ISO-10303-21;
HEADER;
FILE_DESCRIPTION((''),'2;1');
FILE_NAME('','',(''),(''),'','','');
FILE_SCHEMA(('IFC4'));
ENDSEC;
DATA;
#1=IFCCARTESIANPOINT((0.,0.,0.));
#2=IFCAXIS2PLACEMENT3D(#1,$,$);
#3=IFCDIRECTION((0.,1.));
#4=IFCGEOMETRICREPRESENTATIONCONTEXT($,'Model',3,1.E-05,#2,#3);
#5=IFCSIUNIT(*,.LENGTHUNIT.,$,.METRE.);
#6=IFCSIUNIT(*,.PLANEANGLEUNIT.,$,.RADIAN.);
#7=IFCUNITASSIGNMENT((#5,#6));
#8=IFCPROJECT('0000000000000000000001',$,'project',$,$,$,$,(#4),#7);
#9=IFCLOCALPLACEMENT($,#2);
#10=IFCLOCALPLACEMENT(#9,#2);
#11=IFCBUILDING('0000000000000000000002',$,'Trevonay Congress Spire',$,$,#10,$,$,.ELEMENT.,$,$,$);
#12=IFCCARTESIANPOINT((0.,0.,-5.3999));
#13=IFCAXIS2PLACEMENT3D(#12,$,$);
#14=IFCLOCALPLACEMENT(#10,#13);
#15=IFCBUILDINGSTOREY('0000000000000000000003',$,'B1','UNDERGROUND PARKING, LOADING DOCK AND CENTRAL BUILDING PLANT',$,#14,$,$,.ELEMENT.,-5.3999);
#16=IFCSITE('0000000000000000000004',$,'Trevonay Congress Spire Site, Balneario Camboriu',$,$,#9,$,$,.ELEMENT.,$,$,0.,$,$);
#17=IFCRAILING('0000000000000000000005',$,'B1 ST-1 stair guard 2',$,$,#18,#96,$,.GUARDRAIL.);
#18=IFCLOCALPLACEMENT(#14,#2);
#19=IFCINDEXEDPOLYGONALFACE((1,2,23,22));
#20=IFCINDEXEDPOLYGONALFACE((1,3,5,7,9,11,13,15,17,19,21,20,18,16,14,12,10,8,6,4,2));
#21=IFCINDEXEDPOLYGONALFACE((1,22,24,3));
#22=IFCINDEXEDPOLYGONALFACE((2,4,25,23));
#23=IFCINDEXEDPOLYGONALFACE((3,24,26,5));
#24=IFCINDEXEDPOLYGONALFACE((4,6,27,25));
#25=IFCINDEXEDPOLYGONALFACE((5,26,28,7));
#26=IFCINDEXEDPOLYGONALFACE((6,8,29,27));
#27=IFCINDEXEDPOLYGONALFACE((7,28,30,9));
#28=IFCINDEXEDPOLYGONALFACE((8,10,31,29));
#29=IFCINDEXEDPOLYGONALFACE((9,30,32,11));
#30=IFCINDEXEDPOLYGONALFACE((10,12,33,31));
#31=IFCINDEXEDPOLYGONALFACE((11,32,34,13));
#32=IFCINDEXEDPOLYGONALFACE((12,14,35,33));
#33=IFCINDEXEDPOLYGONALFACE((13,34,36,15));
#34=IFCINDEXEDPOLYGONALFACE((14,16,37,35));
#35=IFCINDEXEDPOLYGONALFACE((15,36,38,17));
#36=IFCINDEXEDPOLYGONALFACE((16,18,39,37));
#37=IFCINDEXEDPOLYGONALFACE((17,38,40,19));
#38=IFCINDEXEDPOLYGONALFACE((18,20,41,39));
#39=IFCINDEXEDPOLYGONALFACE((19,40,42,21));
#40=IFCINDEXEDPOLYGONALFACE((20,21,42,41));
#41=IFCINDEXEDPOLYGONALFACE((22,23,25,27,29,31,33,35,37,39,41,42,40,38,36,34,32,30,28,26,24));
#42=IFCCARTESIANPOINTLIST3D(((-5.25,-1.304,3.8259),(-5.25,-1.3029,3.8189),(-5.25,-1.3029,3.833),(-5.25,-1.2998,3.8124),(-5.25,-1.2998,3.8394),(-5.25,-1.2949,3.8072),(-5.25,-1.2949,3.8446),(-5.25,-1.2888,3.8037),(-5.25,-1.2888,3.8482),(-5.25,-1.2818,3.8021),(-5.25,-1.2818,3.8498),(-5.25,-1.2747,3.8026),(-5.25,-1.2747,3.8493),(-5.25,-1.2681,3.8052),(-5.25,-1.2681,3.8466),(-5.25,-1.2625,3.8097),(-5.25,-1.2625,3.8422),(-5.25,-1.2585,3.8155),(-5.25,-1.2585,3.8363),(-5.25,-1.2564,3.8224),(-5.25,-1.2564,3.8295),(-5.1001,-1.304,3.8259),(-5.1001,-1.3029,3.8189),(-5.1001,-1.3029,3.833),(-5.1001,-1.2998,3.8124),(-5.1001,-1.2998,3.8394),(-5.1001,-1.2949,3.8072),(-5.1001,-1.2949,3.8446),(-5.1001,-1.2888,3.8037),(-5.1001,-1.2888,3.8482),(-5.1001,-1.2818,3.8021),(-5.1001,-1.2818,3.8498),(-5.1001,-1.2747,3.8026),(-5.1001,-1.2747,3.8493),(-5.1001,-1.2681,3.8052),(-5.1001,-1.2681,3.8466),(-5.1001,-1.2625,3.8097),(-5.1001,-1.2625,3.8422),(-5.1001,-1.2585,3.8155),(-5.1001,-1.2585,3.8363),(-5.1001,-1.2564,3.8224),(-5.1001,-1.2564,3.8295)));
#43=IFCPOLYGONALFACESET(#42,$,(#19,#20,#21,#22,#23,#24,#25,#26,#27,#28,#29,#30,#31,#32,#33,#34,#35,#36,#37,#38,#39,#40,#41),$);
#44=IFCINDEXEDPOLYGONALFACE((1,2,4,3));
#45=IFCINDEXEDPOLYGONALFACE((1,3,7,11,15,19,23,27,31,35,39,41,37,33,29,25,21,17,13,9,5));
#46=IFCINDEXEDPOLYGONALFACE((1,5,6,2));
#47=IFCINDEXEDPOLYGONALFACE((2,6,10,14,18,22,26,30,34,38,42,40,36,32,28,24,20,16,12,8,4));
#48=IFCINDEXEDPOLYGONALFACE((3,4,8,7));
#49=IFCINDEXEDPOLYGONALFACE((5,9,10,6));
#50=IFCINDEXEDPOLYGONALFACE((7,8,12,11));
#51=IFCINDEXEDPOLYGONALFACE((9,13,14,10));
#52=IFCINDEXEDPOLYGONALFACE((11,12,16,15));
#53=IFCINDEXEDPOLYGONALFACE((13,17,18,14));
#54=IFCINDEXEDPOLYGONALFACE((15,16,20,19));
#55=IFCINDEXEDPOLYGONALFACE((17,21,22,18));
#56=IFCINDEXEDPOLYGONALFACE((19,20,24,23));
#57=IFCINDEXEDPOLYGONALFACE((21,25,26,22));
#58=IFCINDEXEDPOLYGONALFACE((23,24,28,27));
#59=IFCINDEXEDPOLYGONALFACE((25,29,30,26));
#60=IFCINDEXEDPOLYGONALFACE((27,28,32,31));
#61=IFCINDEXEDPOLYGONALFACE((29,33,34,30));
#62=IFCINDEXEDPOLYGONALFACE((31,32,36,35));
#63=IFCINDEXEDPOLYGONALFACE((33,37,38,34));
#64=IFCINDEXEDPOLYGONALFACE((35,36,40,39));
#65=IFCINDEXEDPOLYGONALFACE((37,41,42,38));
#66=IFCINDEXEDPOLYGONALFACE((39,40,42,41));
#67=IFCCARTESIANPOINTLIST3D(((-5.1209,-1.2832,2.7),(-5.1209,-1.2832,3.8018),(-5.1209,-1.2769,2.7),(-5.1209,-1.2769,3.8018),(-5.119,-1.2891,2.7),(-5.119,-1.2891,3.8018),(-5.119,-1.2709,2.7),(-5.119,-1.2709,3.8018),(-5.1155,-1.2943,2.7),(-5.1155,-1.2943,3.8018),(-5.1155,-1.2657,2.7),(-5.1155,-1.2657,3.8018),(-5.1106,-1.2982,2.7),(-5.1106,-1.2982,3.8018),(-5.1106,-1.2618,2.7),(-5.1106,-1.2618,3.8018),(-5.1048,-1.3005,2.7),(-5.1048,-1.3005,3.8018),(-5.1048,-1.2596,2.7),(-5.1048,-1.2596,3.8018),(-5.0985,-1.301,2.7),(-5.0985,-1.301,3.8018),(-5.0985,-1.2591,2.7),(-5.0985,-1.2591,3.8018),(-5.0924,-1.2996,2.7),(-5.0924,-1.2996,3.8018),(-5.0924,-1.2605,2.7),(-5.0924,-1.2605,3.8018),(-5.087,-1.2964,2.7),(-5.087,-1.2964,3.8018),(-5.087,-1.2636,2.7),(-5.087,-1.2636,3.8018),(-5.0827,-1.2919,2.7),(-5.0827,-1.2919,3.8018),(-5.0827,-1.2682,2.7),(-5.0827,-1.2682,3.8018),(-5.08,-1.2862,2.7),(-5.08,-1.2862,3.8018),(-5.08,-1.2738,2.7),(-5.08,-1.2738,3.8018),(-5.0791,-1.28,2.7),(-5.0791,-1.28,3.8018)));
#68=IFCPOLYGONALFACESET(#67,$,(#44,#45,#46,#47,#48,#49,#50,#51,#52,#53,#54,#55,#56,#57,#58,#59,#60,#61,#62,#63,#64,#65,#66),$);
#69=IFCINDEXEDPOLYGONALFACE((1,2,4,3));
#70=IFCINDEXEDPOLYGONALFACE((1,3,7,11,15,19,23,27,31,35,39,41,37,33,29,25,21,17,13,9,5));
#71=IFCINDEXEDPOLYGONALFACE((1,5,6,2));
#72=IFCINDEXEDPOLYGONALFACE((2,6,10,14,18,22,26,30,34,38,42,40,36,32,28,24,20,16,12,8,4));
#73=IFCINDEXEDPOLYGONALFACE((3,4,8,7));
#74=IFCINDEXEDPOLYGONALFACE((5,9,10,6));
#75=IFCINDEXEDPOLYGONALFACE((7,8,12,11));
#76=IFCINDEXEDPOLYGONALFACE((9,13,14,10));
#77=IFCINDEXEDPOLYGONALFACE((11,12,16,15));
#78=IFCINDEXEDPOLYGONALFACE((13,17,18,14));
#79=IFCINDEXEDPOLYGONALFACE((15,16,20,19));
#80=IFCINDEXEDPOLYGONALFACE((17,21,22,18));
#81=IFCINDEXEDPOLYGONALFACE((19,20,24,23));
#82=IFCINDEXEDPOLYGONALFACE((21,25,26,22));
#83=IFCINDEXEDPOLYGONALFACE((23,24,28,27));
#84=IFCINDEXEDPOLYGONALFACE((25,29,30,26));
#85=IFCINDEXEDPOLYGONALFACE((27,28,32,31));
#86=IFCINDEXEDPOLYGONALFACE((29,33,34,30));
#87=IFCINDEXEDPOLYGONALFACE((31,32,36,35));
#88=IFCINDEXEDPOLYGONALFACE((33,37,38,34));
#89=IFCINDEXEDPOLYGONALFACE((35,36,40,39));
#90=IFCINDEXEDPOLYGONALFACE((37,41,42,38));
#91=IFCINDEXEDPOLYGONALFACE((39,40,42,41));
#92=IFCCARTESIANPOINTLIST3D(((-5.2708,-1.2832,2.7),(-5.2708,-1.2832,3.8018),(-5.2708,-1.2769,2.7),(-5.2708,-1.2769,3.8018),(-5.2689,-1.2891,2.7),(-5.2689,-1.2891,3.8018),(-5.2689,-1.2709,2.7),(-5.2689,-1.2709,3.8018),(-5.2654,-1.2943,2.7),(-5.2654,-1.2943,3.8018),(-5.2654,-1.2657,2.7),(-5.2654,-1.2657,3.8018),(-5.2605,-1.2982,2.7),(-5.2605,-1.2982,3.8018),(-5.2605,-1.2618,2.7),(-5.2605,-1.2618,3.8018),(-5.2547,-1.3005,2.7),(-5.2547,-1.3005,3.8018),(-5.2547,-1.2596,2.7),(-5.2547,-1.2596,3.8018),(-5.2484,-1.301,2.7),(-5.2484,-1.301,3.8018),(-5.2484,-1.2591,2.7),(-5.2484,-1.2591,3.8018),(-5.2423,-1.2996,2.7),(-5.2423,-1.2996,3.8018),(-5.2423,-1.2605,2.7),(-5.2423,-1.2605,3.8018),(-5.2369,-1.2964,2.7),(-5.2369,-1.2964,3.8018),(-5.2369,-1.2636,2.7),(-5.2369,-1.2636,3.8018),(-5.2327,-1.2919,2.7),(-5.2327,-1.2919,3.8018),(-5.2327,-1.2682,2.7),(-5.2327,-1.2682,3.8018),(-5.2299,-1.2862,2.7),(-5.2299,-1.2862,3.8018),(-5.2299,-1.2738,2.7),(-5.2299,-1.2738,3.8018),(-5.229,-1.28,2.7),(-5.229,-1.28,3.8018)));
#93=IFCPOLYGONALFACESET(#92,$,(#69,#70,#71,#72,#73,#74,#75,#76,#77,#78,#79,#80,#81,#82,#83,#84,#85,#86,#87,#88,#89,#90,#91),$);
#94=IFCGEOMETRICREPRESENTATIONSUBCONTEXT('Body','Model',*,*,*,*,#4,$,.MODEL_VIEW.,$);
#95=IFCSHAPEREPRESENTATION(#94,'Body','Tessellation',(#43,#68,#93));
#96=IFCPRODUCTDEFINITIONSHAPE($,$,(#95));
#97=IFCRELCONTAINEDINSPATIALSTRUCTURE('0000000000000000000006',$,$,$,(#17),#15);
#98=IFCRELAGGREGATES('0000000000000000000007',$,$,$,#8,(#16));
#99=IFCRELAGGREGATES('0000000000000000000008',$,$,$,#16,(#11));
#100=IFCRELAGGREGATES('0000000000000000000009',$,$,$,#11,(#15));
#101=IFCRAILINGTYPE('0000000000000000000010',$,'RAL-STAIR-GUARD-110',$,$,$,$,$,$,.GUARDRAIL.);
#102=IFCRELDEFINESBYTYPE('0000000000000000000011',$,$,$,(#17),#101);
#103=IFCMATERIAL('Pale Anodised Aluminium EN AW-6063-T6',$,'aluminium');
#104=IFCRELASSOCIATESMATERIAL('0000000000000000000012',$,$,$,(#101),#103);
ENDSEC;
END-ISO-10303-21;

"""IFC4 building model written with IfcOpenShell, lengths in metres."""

from ifc_helpers import new_model, si_unit, direction, frame, origin, origin_2d, place, context, subcontext, project, spatial, circle, extrude, material, type_object, element, save


model = new_model("IFC4")

# Units and contexts
model_context = context("Model", 3, precision=1e-05, world=origin(), true_north=direction((0.0, 1.0)))
body_context = subcontext(model_context, "Body", "Model", "MODEL_VIEW")
ifc_project = project(units=[si_unit("LENGTHUNIT", "METRE"), si_unit("PLANEANGLEUNIT", "RADIAN")], contexts=[model_context])

# Site, building, storey
site_placement = place(None, origin())
site = spatial("IfcSite", under=ifc_project, at=site_placement, Name="Trevonay Congress Spire Site, Balneario Camboriu", CompositionType="ELEMENT", RefElevation=0.0)
building_placement = place(site_placement, origin())
building = spatial("IfcBuilding", under=site, at=building_placement, Name="Trevonay Congress Spire", CompositionType="ELEMENT")
storey_placement = place(building_placement, frame((0.0, 0.0, -5.3999)))
storey = spatial("IfcBuildingStorey", under=building, at=storey_placement, Name="B1", Description="UNDERGROUND PARKING, LOADING DOCK AND CENTRAL BUILDING PLANT", CompositionType="ELEMENT", Elevation=-5.3999)

# Railing
ifc_material_1 = material(Name="Pale Anodised Aluminium EN AW-6063-T6", Category="aluminium")
railing_type_1 = type_object("IfcRailingType", Name="RAL-STAIR-GUARD-110", PredefinedType="GUARDRAIL", material=ifc_material_1)
railing_1_placement = place(storey_placement, frame((-5.1001, -1.28, 2.7)))
element("IfcRailing", 1, at=railing_1_placement, inside=storey, type_object=railing_type_1, Name="B1 ST-1 stair guard 2", PredefinedType="GUARDRAIL", context=body_context, shape_type="SweptSolid", body=[
    extrude(circle(Radius=0.0239, at=origin_2d()), frame((0.0, 0.0, 1.126), z_axis=(-1.0, 0.0, 0.0), x_axis=(0.0, -1.0, 0.0)), (0.0, 0.0, 1.0), 0.1499),
    extrude(circle(Radius=0.021, at=origin_2d()), origin(), (0.0, 0.0, 1.0), 1.1018),
    extrude(circle(Radius=0.021, at=origin_2d()), frame((-0.1499, 0.0, 0.0)), (0.0, 0.0, 1.0), 1.1018),
])

save(model, "model.ifc")
